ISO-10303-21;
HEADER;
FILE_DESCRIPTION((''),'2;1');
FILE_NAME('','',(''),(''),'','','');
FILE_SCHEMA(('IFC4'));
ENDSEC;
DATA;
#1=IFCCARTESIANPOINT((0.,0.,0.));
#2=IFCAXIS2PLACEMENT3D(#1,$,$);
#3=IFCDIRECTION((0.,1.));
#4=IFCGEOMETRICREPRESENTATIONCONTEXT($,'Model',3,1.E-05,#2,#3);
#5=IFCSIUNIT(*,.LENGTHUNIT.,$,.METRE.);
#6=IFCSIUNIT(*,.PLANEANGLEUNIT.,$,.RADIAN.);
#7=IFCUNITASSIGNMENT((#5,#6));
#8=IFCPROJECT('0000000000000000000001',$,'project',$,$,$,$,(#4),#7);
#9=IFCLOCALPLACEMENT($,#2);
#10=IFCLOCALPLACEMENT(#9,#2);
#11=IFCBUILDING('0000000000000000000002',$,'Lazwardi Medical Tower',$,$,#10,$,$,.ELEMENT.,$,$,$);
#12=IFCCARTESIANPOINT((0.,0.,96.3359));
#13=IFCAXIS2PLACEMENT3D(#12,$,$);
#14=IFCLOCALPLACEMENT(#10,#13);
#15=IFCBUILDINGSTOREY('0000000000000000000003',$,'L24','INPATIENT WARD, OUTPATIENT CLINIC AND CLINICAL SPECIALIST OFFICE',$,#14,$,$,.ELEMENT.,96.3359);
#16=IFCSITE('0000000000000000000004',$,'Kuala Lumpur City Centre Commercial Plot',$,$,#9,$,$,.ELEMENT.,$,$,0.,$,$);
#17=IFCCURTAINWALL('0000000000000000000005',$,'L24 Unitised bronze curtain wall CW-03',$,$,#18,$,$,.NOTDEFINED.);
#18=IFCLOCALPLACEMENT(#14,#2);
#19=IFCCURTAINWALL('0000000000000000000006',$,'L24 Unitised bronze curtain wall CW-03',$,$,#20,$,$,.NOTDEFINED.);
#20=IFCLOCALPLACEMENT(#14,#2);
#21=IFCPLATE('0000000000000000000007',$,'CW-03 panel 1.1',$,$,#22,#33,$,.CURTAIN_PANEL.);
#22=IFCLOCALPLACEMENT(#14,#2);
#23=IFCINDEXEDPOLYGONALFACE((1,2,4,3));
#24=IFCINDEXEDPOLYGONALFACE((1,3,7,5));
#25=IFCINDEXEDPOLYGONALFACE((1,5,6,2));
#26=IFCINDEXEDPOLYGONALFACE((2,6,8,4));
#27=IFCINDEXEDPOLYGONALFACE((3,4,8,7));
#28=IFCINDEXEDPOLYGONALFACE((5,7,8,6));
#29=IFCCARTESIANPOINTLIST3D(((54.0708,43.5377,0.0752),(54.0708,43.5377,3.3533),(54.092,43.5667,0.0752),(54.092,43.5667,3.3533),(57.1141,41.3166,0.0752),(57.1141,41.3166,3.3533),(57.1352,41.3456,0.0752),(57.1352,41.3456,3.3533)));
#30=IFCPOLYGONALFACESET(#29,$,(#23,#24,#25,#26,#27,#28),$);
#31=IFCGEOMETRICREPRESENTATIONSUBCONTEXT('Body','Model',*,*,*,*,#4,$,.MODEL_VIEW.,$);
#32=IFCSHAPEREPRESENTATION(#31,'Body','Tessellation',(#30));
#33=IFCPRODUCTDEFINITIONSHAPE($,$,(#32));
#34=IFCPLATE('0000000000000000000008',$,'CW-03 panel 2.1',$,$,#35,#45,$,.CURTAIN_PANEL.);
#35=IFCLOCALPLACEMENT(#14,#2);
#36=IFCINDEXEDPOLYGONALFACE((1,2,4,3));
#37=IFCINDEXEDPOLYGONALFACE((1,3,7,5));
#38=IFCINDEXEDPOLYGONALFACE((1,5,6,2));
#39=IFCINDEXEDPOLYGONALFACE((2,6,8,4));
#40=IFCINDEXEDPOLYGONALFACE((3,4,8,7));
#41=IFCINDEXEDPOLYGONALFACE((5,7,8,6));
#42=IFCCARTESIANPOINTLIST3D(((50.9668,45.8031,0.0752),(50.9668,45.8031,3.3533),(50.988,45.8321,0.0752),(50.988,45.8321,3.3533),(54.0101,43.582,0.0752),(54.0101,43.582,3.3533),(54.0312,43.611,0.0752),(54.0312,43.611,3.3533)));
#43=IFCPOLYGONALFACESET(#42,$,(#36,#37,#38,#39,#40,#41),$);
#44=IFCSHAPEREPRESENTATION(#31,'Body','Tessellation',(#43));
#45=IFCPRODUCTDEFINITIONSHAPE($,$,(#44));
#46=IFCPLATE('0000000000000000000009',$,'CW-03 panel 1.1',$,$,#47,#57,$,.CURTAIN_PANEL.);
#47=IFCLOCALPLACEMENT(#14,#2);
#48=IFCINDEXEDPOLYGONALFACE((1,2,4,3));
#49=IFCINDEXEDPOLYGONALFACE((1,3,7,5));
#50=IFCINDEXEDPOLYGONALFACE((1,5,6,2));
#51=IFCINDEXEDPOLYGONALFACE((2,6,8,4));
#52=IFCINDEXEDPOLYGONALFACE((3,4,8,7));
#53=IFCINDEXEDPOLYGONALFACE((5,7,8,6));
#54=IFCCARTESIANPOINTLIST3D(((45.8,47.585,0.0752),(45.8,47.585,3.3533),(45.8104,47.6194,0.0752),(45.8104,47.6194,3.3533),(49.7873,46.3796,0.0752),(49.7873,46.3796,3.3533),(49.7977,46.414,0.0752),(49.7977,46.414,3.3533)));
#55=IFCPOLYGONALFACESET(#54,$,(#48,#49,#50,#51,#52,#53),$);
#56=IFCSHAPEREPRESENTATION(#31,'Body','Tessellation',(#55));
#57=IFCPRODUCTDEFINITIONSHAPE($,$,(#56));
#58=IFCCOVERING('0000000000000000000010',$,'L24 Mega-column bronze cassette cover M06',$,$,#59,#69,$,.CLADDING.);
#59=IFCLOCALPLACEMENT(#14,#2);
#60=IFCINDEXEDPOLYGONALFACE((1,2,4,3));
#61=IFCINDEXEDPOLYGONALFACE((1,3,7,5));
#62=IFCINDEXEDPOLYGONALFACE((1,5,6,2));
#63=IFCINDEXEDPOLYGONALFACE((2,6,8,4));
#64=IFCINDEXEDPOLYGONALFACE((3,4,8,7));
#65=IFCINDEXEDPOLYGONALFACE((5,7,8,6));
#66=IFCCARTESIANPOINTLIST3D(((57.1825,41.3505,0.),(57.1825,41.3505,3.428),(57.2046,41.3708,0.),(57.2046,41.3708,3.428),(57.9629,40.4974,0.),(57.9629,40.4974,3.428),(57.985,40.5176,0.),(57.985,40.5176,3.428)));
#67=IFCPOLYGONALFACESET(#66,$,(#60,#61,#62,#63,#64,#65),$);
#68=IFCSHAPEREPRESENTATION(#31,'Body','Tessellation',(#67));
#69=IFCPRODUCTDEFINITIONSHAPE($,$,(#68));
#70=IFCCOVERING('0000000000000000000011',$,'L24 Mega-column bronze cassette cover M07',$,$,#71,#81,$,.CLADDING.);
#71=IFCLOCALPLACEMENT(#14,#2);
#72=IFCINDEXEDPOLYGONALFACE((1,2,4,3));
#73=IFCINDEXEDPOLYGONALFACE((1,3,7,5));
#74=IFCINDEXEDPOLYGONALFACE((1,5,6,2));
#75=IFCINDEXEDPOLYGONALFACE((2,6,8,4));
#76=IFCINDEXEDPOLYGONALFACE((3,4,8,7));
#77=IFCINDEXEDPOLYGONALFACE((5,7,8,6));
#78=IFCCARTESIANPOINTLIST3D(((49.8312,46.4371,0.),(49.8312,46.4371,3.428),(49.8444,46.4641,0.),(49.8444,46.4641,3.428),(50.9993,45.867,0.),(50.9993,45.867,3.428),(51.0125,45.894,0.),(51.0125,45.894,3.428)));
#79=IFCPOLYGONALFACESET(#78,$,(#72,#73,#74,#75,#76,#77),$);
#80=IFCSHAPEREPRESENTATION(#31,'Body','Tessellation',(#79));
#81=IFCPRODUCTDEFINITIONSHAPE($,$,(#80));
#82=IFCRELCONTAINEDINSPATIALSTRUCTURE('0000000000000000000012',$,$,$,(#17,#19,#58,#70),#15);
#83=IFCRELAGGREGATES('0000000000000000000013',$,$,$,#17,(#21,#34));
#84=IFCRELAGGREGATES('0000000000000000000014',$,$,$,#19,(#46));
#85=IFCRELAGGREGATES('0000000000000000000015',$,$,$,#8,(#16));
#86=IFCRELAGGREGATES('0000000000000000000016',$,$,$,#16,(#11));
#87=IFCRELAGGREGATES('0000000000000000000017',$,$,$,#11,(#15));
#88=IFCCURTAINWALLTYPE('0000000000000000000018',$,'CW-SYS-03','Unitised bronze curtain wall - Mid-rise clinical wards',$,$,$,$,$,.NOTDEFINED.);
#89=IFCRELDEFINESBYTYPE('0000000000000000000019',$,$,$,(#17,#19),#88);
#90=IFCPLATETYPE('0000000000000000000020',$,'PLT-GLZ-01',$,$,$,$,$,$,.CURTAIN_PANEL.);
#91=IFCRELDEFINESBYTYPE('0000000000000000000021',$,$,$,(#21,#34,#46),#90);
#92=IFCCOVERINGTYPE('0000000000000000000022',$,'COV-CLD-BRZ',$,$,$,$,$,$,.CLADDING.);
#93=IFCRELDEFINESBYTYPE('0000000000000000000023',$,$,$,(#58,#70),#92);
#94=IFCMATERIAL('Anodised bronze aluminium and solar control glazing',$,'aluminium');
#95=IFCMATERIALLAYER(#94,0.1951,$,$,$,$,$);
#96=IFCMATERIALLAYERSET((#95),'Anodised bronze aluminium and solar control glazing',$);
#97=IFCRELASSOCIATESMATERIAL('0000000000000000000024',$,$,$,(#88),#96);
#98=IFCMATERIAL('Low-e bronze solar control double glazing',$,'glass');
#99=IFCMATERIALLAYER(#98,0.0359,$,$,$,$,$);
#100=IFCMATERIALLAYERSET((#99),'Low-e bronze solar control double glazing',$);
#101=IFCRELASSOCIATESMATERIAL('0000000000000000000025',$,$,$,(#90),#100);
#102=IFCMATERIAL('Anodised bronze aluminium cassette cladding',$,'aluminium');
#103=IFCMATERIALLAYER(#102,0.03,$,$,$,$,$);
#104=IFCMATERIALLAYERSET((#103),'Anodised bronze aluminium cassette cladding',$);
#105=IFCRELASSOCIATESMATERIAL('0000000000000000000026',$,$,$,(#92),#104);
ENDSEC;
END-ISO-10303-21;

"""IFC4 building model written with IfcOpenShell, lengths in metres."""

from ifc_helpers import new_model, si_unit, direction, frame, origin, origin_2d, place, context, subcontext, project, spatial, rectangle, extrude, material, layer, layer_set, type_object, element, aggregate, save


model = new_model("IFC4")

# Units and contexts
model_context = context("Model", 3, precision=1e-05, world=origin(), true_north=direction((0.0, 1.0)))
body_context = subcontext(model_context, "Body", "Model", "MODEL_VIEW")
ifc_project = project(units=[si_unit("LENGTHUNIT", "METRE"), si_unit("PLANEANGLEUNIT", "RADIAN")], contexts=[model_context])

# Site, building, storey
site_placement = place(None, origin())
site = spatial("IfcSite", under=ifc_project, at=site_placement, Name="Kuala Lumpur City Centre Commercial Plot", CompositionType="ELEMENT", RefElevation=0.0)
building_placement = place(site_placement, origin())
building = spatial("IfcBuilding", under=site, at=building_placement, Name="Lazwardi Medical Tower", CompositionType="ELEMENT")
storey_placement = place(building_placement, frame((0.0, 0.0, 96.3359)))
storey = spatial("IfcBuildingStorey", under=building, at=storey_placement, Name="L24", Description="INPATIENT WARD, OUTPATIENT CLINIC AND CLINICAL SPECIALIST OFFICE", CompositionType="ELEMENT", Elevation=96.3359)

# Shared definitions
ifc_material_1 = material(Name="Anodised bronze aluminium and solar control glazing", Category="aluminium")
ifc_layer_1 = layer(ifc_material_1, 0.1951)
ifc_layer_set_1 = layer_set([ifc_layer_1], Name="Anodised bronze aluminium and solar control glazing")
curtain_wall_type = type_object("IfcCurtainWallType", Name="CW-SYS-03", Description="Unitised bronze curtain wall - Mid-rise clinical wards", PredefinedType="NOTDEFINED", material=ifc_layer_set_1)

# Curtain wall
curtain_wall_1_placement = place(storey_placement, origin())
curtain_wall_1 = element("IfcCurtainWall", 1, at=curtain_wall_1_placement, inside=storey, type_object=curtain_wall_type, Name="L24 Unitised bronze curtain wall CW-03", PredefinedType="NOTDEFINED")

# Curtain wall
curtain_wall_2_placement = place(storey_placement, origin())
curtain_wall_2 = element("IfcCurtainWall", 2, at=curtain_wall_2_placement, inside=storey, type_object=curtain_wall_type, Name="L24 Unitised bronze curtain wall CW-03", PredefinedType="NOTDEFINED")

# Plates
ifc_material_2 = material(Name="Low-e bronze solar control double glazing", Category="glass")
ifc_layer_2 = layer(ifc_material_2, 0.0359)
ifc_layer_set_2 = layer_set([ifc_layer_2], Name="Low-e bronze solar control double glazing")
plate_type = type_object("IfcPlateType", Name="PLT-GLZ-01", PredefinedType="CURTAIN_PANEL", material=ifc_layer_set_2)
plate_1_placement = place(storey_placement, frame((55.603, 42.4417, 0.0752), z_axis=(0.0, 0.0, 1.0), x_axis=(-0.807746, 0.589531, 0.0)))
plate_1 = element("IfcPlate", 3, at=plate_1_placement, type_object=plate_type, Name="CW-03 panel 1.1", PredefinedType="CURTAIN_PANEL", context=body_context, shape_type="SweptSolid", body=[
    extrude(rectangle(XDim=3.7676, YDim=0.0359, at=origin_2d()), origin(), (0.0, 0.0, 1.0), 3.2781),
])
plate_2_placement = place(storey_placement, frame((52.499, 44.707, 0.0752), z_axis=(0.0, 0.0, 1.0), x_axis=(-0.807746, 0.589531, 0.0)))
plate_2 = element("IfcPlate", 4, at=plate_2_placement, type_object=plate_type, Name="CW-03 panel 2.1", PredefinedType="CURTAIN_PANEL", context=body_context, shape_type="SweptSolid", body=[
    extrude(rectangle(XDim=3.7676, YDim=0.0359, at=origin_2d()), origin(), (0.0, 0.0, 1.0), 3.2781),
])
aggregate(curtain_wall_1, [plate_1, plate_2])
plate_3_placement = place(storey_placement, frame((47.7988, 46.9995, 0.0752), z_axis=(0.0, 0.0, 1.0), x_axis=(-0.957216, 0.289374, 0.0)))
plate_3 = element("IfcPlate", 5, at=plate_3_placement, type_object=plate_type, Name="CW-03 panel 1.1", PredefinedType="CURTAIN_PANEL", context=body_context, shape_type="SweptSolid", body=[
    extrude(rectangle(XDim=4.1655, YDim=0.0359, at=origin_2d()), origin(), (0.0, 0.0, 1.0), 3.2781),
])
aggregate(curtain_wall_2, [plate_3])

# Coverings
ifc_material_3 = material(Name="Anodised bronze aluminium cassette cladding", Category="aluminium")
ifc_layer_3 = layer(ifc_material_3, 0.03)
ifc_layer_set_3 = layer_set([ifc_layer_3], Name="Anodised bronze aluminium cassette cladding")
covering_type = type_object("IfcCoveringType", Name="COV-CLD-BRZ", PredefinedType="CLADDING", material=ifc_layer_set_3)
covering_1_placement = place(storey_placement, frame((57.5837, 40.9341, 0.0), z_axis=(0.0, 0.0, 1.0), x_axis=(-0.674926, 0.737885, 0.0)))
element("IfcCovering", 6, at=covering_1_placement, inside=storey, type_object=covering_type, Name="L24 Mega-column bronze cassette cover M06", PredefinedType="CLADDING", context=body_context, shape_type="SweptSolid", body=[
    extrude(rectangle(XDim=1.1562, YDim=0.03, at=origin_2d()), origin(), (0.0, 0.0, 1.0), 3.428),
])
covering_2_placement = place(storey_placement, frame((50.4219, 46.1655, 0.0), z_axis=(0.0, 0.0, 1.0), x_axis=(-0.898679, 0.438606, 0.0)))
element("IfcCovering", 7, at=covering_2_placement, inside=storey, type_object=covering_type, Name="L24 Mega-column bronze cassette cover M07", PredefinedType="CLADDING", context=body_context, shape_type="SweptSolid", body=[
    extrude(rectangle(XDim=1.2998, YDim=0.03, at=origin_2d()), origin(), (0.0, 0.0, 1.0), 3.428),
])

save(model, "model.ifc")
